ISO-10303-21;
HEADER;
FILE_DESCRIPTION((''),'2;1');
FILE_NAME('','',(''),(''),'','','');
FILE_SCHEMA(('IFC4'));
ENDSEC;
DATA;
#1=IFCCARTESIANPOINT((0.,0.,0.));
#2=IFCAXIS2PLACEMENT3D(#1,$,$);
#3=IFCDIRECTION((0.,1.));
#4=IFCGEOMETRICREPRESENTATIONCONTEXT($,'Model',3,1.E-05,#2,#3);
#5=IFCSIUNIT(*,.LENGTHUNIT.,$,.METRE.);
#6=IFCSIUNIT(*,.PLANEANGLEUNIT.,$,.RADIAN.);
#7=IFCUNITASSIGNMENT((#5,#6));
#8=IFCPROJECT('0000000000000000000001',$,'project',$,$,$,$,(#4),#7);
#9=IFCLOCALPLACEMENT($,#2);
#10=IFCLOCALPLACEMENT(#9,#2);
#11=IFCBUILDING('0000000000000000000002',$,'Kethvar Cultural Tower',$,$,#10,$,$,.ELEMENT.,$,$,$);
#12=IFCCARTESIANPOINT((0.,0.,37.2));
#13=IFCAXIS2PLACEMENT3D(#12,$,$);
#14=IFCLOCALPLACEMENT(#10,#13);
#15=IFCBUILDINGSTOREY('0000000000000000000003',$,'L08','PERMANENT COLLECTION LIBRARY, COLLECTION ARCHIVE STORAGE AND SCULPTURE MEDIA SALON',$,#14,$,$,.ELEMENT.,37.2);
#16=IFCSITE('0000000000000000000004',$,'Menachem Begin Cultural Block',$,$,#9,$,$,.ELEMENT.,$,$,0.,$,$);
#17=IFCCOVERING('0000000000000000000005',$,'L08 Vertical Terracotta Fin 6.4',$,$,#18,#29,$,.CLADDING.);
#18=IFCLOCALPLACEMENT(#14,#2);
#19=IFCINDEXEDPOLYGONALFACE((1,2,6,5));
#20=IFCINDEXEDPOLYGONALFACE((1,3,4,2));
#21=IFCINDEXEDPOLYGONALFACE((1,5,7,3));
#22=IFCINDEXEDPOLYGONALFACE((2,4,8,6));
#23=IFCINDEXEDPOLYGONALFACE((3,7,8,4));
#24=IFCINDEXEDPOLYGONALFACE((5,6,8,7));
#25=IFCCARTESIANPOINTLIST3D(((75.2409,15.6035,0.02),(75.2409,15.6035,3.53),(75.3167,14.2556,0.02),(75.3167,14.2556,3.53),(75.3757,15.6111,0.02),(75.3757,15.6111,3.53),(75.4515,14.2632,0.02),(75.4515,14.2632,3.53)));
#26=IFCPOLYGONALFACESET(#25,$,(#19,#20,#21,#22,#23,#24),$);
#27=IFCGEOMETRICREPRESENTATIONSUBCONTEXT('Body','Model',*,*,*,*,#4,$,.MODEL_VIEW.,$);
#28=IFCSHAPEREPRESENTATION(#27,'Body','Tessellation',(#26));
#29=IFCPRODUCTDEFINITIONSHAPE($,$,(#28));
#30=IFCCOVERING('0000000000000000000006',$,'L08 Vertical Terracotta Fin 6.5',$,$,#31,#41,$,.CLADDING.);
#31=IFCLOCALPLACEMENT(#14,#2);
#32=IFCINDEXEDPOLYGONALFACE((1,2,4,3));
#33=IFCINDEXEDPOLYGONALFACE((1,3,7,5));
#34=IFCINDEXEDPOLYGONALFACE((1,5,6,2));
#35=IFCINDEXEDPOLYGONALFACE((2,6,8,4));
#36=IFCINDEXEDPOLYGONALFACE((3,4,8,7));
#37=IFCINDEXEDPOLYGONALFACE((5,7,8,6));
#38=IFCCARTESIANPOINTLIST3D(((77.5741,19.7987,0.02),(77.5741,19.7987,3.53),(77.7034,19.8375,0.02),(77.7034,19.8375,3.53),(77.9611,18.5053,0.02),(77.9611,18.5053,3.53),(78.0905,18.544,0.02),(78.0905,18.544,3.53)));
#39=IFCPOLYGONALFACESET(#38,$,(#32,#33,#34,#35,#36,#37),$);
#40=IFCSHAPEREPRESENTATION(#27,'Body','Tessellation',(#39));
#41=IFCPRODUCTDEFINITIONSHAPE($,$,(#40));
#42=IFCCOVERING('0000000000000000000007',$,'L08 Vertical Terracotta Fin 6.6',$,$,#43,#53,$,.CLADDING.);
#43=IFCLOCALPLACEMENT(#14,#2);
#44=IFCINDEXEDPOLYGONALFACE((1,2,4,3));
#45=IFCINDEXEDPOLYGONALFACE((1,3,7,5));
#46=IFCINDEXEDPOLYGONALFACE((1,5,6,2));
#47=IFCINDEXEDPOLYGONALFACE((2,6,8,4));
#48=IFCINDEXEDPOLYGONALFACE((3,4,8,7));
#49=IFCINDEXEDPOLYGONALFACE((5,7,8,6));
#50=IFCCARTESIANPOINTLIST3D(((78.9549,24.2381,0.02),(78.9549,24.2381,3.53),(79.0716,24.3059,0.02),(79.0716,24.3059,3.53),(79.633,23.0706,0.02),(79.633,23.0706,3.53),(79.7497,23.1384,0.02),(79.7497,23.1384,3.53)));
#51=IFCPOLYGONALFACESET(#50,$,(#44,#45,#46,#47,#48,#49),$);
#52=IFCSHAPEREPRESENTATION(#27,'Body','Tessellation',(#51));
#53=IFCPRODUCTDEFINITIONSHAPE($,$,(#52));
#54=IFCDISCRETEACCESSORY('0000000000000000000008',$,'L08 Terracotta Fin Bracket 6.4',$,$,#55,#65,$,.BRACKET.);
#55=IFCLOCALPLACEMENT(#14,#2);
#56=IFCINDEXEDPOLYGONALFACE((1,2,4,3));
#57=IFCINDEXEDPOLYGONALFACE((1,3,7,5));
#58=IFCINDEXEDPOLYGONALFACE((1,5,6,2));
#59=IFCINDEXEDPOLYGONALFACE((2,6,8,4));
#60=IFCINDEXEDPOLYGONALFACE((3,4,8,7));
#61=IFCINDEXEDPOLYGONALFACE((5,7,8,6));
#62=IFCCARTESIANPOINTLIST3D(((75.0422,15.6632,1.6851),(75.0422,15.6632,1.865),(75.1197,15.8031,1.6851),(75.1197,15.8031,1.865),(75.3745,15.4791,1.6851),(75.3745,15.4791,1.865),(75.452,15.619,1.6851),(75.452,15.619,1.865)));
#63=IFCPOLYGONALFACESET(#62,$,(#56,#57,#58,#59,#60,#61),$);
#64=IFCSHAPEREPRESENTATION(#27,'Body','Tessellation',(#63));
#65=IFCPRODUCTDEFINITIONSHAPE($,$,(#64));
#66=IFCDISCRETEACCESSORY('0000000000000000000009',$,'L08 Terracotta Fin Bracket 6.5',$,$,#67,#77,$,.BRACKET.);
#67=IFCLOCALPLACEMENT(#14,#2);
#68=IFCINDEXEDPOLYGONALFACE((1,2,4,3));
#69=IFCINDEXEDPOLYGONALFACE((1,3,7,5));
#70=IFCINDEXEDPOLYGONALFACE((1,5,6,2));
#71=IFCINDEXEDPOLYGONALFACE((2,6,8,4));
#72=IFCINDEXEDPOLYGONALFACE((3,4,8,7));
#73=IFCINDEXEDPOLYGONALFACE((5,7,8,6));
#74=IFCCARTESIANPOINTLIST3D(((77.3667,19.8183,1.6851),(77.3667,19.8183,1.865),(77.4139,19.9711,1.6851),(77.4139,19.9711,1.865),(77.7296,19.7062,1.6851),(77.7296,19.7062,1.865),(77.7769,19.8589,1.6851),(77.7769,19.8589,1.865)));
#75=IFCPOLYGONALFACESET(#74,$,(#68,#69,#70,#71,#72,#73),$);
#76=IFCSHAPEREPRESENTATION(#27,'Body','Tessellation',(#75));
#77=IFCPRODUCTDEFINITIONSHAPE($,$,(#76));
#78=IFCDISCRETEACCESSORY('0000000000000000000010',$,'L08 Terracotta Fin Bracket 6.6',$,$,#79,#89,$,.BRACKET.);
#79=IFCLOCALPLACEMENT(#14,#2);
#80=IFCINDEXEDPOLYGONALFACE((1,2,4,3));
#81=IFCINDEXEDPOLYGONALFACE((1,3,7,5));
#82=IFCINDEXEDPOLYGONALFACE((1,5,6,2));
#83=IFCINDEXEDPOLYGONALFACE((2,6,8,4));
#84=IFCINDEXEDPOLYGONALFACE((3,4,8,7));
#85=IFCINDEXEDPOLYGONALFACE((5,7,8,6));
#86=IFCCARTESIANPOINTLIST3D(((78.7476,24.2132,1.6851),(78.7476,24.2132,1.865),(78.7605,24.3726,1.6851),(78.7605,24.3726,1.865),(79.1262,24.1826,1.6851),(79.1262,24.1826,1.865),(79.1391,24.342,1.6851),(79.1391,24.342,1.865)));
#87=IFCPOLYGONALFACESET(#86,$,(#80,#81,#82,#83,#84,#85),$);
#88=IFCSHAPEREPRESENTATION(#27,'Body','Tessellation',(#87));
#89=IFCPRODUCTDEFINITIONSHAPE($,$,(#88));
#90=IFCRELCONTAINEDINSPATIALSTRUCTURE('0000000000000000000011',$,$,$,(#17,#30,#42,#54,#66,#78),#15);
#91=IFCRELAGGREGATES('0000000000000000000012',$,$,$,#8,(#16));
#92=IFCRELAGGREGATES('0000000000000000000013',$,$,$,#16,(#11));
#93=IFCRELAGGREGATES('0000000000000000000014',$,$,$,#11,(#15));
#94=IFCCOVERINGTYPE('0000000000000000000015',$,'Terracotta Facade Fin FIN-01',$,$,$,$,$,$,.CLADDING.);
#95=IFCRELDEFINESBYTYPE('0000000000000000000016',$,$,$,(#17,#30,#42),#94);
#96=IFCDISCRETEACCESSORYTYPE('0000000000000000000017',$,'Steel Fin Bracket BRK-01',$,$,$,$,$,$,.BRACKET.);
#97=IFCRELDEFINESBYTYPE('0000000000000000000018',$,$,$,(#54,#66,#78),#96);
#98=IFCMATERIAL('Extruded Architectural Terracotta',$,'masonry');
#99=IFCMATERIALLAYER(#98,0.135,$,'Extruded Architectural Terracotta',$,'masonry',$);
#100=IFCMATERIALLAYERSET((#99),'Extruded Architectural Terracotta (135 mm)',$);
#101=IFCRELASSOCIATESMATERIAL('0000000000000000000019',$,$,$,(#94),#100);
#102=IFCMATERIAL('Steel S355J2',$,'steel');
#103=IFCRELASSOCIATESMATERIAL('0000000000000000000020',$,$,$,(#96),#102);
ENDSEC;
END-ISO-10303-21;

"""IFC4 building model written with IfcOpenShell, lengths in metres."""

from ifc_helpers import new_model, si_unit, direction, frame, origin, origin_2d, place, context, subcontext, project, spatial, rectangle, extrude, source, transform, mapped, material, layer, layer_set, type_object, element, save


model = new_model("IFC4")

# Units and contexts
model_context = context("Model", 3, precision=1e-05, world=origin(), true_north=direction((0.0, 1.0)))
body_context = subcontext(model_context, "Body", "Model", "MODEL_VIEW")
ifc_project = project(units=[si_unit("LENGTHUNIT", "METRE"), si_unit("PLANEANGLEUNIT", "RADIAN")], contexts=[model_context])

# Site, building, storey
site_placement = place(None, origin())
site = spatial("IfcSite", under=ifc_project, at=site_placement, Name="Menachem Begin Cultural Block", CompositionType="ELEMENT", RefElevation=0.0)
building_placement = place(site_placement, origin())
building = spatial("IfcBuilding", under=site, at=building_placement, Name="Kethvar Cultural Tower", CompositionType="ELEMENT")
storey_placement = place(building_placement, frame((0.0, 0.0, 37.2)))
storey = spatial("IfcBuildingStorey", under=building, at=storey_placement, Name="L08", Description="PERMANENT COLLECTION LIBRARY, COLLECTION ARCHIVE STORAGE AND SCULPTURE MEDIA SALON", CompositionType="ELEMENT", Elevation=37.2)

# Shared definitions
ifc_material_1 = material(Name="Steel S355J2", Category="steel")

# Coverings
ifc_material_2 = material(Name="Extruded Architectural Terracotta", Category="masonry")
ifc_layer_1 = layer(ifc_material_2, 0.135, Name="Extruded Architectural Terracotta", Category="masonry")
ifc_layer_set_1 = layer_set([ifc_layer_1], Name="Extruded Architectural Terracotta (135 mm)")
covering_type = type_object("IfcCoveringType", Name="Terracotta Facade Fin FIN-01", PredefinedType="CLADDING", material=ifc_layer_set_1)
shared_shape_1 = source(origin(), body_context, "Body", "SweptSolid", [
    extrude(rectangle(XDim=1.3501, YDim=0.135, at=origin_2d()), origin(), (0.0, 0.0, 1.0), 3.51),
])
for number, where, z_axis, x_axis, name in (
    (1, (75.3462, 14.9333, 0.02), (0.0, 0.0, 1.0), (0.05617, -0.998421, 0.0), "L08 Vertical Terracotta Fin 6.4"),
    (2, (77.8323, 19.1714, 0.02), (0.0, 0.0, 1.0), (0.286692, -0.958023, 0.0), "L08 Vertical Terracotta Fin 6.5"),
    (3, (79.3523, 23.6882, 0.02), (0.0, 0.0, 1.0), (0.502266, -0.864713, 0.0), "L08 Vertical Terracotta Fin 6.6"),
):
    element("IfcCovering", number, at=place(storey_placement, frame(where, z_axis=z_axis, x_axis=x_axis)), inside=storey, type_object=covering_type, Name=name, PredefinedType="CLADDING", context=body_context, shape_type="MappedRepresentation", body=[
        mapped(shared_shape_1, transform((0.0, 0.0, 0.0), scale=1.0)),
    ])

# Discrete accessories
discrete_accessory_type = type_object("IfcDiscreteAccessoryType", Name="Steel Fin Bracket BRK-01", PredefinedType="BRACKET", material=ifc_material_1)
shared_shape_2 = source(origin(), body_context, "Body", "SweptSolid", [
    extrude(rectangle(XDim=0.3799, YDim=0.1599, at=origin_2d()), origin(), (0.0, 0.0, 1.0), 0.1799),
])
for number, where, z_axis, x_axis, name in (
    (4, (75.2471, 15.6411, 1.6851), (0.0, 0.0, 1.0), (0.874789, -0.484504, 0.0), "L08 Terracotta Fin Bracket 6.4"),
    (5, (77.5718, 19.8386, 1.6851), (0.0, 0.0, 1.0), (0.955433, -0.295208, 0.0), "L08 Terracotta Fin Bracket 6.5"),
    (6, (78.9434, 24.2776, 1.6851), (0.0, 0.0, 1.0), (0.996751, -0.080547, 0.0), "L08 Terracotta Fin Bracket 6.6"),
):
    element("IfcDiscreteAccessory", number, at=place(storey_placement, frame(where, z_axis=z_axis, x_axis=x_axis)), inside=storey, type_object=discrete_accessory_type, Name=name, PredefinedType="BRACKET", context=body_context, shape_type="MappedRepresentation", body=[
        mapped(shared_shape_2, transform((0.0, 0.0, 0.0), scale=1.0)),
    ])

save(model, "model.ifc")
